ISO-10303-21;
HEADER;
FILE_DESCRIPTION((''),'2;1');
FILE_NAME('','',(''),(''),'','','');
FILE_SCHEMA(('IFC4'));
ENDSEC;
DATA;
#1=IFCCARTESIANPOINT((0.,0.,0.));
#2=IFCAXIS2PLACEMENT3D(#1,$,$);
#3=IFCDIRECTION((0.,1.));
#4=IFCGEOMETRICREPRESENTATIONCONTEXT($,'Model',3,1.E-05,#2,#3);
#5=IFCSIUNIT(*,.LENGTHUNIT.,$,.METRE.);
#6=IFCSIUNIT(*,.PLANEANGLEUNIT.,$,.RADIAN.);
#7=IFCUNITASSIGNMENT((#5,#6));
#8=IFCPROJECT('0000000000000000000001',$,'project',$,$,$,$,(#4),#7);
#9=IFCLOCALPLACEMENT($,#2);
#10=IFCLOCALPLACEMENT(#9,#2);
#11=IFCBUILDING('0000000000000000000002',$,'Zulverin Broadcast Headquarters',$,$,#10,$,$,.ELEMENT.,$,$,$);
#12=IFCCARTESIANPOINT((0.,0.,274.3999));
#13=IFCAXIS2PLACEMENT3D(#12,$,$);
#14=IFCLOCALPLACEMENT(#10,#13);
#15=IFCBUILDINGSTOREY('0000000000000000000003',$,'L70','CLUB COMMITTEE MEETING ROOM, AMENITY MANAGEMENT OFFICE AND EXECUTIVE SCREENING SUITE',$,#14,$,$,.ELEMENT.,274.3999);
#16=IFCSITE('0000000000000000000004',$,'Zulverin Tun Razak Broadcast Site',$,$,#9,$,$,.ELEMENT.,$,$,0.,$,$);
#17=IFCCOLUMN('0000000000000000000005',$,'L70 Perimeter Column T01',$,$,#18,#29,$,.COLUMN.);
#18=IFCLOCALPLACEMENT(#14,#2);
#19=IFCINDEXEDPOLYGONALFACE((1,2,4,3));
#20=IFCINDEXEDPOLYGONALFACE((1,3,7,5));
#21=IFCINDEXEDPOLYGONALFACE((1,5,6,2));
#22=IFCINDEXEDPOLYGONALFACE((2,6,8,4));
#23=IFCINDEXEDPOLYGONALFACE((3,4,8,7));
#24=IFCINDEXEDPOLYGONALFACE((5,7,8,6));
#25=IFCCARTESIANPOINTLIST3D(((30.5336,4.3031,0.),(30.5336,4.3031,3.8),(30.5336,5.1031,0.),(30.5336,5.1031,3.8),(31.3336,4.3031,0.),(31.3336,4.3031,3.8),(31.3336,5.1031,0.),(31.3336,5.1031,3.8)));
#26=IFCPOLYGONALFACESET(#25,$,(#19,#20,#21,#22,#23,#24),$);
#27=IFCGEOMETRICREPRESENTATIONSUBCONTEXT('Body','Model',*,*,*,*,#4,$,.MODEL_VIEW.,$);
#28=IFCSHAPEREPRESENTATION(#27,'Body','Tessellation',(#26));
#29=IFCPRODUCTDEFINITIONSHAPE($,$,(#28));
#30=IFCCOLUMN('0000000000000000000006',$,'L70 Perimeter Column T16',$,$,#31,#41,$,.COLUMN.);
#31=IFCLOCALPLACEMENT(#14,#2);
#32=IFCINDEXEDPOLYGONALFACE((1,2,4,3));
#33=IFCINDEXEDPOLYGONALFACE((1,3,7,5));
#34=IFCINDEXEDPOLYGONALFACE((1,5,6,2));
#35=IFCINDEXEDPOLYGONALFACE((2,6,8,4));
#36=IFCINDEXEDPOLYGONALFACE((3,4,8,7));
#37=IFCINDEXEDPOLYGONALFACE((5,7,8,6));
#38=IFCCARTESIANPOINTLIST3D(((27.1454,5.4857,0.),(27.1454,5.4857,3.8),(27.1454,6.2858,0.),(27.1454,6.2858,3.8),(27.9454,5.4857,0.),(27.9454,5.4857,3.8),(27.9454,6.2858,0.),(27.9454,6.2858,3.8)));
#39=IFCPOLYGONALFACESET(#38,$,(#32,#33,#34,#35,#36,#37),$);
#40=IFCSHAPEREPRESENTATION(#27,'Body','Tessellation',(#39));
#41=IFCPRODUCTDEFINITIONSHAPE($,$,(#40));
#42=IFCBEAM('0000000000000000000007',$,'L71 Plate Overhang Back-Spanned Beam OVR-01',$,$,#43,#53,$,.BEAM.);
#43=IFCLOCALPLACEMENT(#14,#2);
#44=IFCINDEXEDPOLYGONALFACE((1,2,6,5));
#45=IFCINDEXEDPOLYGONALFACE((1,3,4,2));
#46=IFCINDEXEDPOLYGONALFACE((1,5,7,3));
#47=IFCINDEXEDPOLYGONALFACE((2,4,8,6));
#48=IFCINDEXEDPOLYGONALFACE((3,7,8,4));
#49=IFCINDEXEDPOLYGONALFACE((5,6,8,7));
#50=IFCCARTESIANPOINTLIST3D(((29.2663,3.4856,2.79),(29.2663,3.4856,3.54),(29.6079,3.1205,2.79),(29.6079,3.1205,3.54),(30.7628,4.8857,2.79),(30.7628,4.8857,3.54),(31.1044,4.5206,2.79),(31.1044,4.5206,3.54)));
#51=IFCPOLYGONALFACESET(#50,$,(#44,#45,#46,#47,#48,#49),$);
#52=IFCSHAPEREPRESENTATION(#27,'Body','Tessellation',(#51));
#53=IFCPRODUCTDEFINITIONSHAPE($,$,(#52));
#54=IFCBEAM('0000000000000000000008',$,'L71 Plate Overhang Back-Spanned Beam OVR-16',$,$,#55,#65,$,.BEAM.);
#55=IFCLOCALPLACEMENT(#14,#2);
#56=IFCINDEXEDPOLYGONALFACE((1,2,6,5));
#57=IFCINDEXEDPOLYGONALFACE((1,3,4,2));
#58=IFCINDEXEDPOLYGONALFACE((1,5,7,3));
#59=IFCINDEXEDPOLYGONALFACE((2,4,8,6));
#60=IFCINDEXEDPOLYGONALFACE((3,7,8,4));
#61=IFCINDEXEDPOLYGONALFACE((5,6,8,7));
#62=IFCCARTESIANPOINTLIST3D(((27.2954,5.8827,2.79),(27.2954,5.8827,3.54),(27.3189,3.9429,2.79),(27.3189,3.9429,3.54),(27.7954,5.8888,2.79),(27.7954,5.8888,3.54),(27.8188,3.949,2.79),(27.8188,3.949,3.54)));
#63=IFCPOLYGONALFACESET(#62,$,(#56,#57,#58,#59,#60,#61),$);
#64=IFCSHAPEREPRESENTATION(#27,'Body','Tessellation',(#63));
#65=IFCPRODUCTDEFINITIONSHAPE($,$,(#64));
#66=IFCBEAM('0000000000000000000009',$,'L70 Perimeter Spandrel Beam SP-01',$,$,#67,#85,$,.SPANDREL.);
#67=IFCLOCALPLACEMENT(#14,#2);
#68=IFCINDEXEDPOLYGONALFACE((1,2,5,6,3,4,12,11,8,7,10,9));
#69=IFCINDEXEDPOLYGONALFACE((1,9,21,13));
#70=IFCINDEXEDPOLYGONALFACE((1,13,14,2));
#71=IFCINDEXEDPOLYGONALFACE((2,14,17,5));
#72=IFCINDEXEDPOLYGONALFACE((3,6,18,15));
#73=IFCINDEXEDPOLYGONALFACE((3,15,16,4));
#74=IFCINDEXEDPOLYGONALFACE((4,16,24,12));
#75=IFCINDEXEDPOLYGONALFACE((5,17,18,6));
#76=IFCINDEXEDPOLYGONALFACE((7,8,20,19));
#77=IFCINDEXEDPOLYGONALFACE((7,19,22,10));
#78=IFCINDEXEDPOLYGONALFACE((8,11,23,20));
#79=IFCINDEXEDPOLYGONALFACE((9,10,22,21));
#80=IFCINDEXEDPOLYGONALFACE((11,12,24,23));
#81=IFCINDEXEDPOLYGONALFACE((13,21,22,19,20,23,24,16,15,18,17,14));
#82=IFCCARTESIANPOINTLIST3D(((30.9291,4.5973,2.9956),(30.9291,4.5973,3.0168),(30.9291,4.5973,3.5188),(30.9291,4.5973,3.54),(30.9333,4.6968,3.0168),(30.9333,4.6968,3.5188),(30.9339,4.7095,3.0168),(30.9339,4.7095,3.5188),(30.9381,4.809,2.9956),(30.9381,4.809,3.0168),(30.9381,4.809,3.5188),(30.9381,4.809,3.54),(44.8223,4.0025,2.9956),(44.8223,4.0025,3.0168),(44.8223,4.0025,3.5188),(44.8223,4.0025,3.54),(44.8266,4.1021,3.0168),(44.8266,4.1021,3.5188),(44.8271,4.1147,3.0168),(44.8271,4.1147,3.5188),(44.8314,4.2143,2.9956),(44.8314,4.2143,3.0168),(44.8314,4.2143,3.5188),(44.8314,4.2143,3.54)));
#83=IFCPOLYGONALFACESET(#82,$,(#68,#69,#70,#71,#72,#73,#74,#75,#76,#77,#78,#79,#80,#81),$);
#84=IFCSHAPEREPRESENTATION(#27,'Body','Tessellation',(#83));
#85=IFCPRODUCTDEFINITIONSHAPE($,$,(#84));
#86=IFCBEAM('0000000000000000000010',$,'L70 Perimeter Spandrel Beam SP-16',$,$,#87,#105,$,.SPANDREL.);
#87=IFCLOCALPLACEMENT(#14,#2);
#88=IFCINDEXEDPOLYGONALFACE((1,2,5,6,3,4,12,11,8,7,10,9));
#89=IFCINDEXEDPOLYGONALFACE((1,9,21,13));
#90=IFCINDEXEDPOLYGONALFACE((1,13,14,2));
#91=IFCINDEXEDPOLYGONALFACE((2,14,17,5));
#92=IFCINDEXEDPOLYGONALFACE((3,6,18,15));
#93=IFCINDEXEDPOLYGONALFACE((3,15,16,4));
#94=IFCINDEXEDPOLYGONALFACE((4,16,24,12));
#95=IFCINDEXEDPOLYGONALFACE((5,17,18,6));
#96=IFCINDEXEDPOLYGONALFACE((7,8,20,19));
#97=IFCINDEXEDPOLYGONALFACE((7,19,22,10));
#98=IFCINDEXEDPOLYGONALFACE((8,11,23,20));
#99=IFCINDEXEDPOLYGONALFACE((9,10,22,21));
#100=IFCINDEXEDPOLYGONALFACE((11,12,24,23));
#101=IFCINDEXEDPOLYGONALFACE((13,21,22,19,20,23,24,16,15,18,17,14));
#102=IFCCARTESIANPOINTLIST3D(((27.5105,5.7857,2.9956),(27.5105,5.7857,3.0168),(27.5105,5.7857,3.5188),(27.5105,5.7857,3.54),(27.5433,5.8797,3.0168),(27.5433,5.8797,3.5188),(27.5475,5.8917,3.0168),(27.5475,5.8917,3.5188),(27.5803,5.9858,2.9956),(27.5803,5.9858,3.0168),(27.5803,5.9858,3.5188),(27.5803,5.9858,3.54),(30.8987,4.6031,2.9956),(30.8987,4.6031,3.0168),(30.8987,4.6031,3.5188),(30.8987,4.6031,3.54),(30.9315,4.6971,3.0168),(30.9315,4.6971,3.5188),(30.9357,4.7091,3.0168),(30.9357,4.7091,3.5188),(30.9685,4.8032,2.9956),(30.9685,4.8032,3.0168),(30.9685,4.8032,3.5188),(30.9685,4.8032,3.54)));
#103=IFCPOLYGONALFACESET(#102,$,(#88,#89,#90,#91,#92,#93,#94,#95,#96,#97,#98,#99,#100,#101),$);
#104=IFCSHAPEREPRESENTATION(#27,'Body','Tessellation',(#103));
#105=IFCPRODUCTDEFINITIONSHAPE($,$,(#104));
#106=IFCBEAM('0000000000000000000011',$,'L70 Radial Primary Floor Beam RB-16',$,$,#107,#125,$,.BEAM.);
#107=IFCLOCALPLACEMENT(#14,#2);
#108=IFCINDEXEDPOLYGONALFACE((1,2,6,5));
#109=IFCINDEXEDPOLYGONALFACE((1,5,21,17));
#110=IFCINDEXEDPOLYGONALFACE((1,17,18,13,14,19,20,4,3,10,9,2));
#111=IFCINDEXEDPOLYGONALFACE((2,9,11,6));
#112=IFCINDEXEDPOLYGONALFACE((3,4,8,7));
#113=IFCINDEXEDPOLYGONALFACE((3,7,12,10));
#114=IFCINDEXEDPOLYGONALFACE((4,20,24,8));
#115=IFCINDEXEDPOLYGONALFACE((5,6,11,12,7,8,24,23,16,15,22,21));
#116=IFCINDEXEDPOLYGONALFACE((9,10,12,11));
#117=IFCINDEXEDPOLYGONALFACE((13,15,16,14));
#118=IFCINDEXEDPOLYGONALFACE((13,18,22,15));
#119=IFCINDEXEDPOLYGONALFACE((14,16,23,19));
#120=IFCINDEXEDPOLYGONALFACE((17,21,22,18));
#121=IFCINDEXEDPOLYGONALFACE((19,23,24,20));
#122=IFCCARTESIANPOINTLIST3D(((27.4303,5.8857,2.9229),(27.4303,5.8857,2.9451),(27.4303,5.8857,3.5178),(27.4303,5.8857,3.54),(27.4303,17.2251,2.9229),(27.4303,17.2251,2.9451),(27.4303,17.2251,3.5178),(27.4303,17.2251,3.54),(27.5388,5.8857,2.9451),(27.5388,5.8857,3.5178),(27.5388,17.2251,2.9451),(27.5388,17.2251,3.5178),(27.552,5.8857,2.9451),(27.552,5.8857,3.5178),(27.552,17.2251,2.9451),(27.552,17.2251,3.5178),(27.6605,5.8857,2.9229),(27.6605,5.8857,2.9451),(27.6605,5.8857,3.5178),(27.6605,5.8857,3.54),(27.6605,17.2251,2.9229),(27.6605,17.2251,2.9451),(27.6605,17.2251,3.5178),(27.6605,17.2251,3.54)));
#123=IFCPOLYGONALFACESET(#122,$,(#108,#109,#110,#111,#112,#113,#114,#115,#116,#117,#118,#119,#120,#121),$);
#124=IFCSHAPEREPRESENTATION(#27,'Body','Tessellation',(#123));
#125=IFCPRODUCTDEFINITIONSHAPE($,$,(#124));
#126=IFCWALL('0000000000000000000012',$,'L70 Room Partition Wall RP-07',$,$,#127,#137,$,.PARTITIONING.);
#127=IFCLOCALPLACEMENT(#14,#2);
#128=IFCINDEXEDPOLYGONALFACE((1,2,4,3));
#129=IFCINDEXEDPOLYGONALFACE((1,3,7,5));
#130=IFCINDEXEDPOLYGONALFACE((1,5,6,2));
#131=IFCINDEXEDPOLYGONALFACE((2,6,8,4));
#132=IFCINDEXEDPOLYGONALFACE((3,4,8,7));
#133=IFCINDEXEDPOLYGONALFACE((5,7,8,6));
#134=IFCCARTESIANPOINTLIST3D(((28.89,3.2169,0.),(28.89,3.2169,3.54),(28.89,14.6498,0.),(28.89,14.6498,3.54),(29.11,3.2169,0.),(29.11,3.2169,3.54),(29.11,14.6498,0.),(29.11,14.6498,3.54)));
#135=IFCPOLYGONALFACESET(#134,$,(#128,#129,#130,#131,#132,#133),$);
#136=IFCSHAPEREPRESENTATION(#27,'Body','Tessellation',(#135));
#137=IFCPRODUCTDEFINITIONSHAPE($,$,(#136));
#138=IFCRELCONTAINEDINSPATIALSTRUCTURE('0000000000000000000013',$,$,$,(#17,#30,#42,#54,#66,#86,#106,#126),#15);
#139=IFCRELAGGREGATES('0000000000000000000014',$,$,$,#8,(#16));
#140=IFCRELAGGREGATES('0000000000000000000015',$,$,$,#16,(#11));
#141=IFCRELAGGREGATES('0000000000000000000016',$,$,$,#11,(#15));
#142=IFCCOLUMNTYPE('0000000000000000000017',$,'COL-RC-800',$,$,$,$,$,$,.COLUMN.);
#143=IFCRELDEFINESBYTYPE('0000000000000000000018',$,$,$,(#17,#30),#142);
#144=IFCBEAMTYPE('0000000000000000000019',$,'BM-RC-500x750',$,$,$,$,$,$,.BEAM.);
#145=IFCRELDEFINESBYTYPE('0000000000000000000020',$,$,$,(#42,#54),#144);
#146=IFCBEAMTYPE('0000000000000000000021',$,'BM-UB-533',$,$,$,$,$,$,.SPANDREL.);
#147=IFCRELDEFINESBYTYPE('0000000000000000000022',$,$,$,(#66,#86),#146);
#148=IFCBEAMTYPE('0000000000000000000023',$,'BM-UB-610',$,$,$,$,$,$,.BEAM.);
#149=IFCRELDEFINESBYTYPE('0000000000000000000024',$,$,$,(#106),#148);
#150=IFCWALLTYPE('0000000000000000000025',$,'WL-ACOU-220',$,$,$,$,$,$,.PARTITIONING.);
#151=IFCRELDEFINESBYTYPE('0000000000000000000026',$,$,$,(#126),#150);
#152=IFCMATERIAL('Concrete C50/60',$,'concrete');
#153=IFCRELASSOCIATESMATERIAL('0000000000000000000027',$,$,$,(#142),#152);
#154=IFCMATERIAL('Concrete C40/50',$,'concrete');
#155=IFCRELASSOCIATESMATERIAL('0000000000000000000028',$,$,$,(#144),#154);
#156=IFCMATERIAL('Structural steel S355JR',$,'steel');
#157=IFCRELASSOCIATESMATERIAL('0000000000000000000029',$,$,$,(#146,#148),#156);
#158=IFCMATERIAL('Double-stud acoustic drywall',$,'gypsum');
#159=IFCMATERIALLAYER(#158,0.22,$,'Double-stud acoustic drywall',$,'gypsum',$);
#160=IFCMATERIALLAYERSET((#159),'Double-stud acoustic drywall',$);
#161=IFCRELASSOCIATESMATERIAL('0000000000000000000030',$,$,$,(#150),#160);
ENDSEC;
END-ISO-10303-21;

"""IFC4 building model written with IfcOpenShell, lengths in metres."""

from ifc_helpers import new_model, si_unit, direction, frame, frame_2d, origin, origin_2d, place, context, subcontext, project, spatial, rectangle, i_section, extrude, material, layer, layer_set, material_profile, profile_set, type_object, element, save


model = new_model("IFC4")

# Units and contexts
model_context = context("Model", 3, precision=1e-05, world=origin(), true_north=direction((0.0, 1.0)))
body_context = subcontext(model_context, "Body", "Model", "MODEL_VIEW")
ifc_project = project(units=[si_unit("LENGTHUNIT", "METRE"), si_unit("PLANEANGLEUNIT", "RADIAN")], contexts=[model_context])

# Site, building, storey
site_placement = place(None, origin())
site = spatial("IfcSite", under=ifc_project, at=site_placement, Name="Zulverin Tun Razak Broadcast Site", CompositionType="ELEMENT", RefElevation=0.0)
building_placement = place(site_placement, origin())
building = spatial("IfcBuilding", under=site, at=building_placement, Name="Zulverin Broadcast Headquarters", CompositionType="ELEMENT")
storey_placement = place(building_placement, frame((0.0, 0.0, 274.3999)))
storey = spatial("IfcBuildingStorey", under=building, at=storey_placement, Name="L70", Description="CLUB COMMITTEE MEETING ROOM, AMENITY MANAGEMENT OFFICE AND EXECUTIVE SCREENING SUITE", CompositionType="ELEMENT", Elevation=274.3999)

# Columns
ifc_material_1 = material(Name="Concrete C50/60", Category="concrete")
ifc_material_profile_1 = material_profile(ifc_material_1, rectangle(XDim=0.8, YDim=0.8, at=origin_2d()), Name="Concrete C50/60", Category="concrete")
ifc_profile_set_1 = profile_set([ifc_material_profile_1], Name="Concrete C50/60")
column_type = type_object("IfcColumnType", Name="COL-RC-800", PredefinedType="COLUMN", material=ifc_profile_set_1)
for number, where, z_axis, x_axis, name in (
    (1, (30.9336, 4.7031, 0.0), (0.0, 0.0, 1.0), (1.0, 0.0, 0.0), "L70 Perimeter Column T01"),
    (2, (27.5454, 5.8857, 0.0), (0.0, 0.0, 1.0), (1.0, 0.0, 0.0), "L70 Perimeter Column T16"),
):
    element("IfcColumn", number, at=place(storey_placement, frame(where, z_axis=z_axis, x_axis=x_axis)), inside=storey, type_object=column_type, Name=name, PredefinedType="COLUMN", context=body_context, shape_type="SweptSolid", body=[
        extrude(rectangle(XDim=0.8, YDim=0.8, at=origin_2d()), origin(), (0.0, 0.0, 1.0), 3.8),
    ])

# Beams
ifc_material_2 = material(Name="Concrete C40/50", Category="concrete")
ifc_material_profile_2 = material_profile(ifc_material_2, rectangle(XDim=0.5, YDim=0.75, at=origin_2d()), Name="Concrete C40/50", Category="concrete")
ifc_profile_set_2 = profile_set([ifc_material_profile_2], Name="Concrete C40/50")
beam_type_1 = type_object("IfcBeamType", Name="BM-RC-500x750", PredefinedType="BEAM", material=ifc_profile_set_2)
beam_1_placement = place(storey_placement, frame((30.9336, 4.7031, 3.165), z_axis=(-0.730243, -0.683188, 0.0), x_axis=(0.683188, -0.730243, 0.0)))
element("IfcBeam", 3, at=beam_1_placement, inside=storey, type_object=beam_type_1, Name="L71 Plate Overhang Back-Spanned Beam OVR-01", PredefinedType="BEAM", context=body_context, shape_type="SweptSolid", body=[
    extrude(rectangle(XDim=0.5, YDim=0.75, at=origin_2d()), origin(), (0.0, 0.0, 1.0), 2.0493),
])
beam_2_placement = place(storey_placement, frame((27.5454, 5.8857, 3.165), z_axis=(0.012082, -0.999927, 0.0), x_axis=(0.999927, 0.012082, 0.0)))
element("IfcBeam", 4, at=beam_2_placement, inside=storey, type_object=beam_type_1, Name="L71 Plate Overhang Back-Spanned Beam OVR-16", PredefinedType="BEAM", context=body_context, shape_type="SweptSolid", body=[
    extrude(rectangle(XDim=0.5, YDim=0.75, at=origin_2d()), origin(), (0.0, 0.0, 1.0), 1.9399),
])
ifc_material_3 = material(Name="Structural steel S355JR", Category="steel")
ifc_material_profile_3 = material_profile(ifc_material_3, i_section(OverallWidth=0.2119, OverallDepth=0.5444, WebThickness=0.0127, FlangeThickness=0.0212, at=origin_2d()), Name="Structural steel S355JR", Category="steel")
ifc_profile_set_3 = profile_set([ifc_material_profile_3], Name="Structural steel S355JR")
beam_type_2 = type_object("IfcBeamType", Name="BM-UB-533", PredefinedType="SPANDREL", material=ifc_profile_set_3)
beam_3_placement = place(storey_placement, frame((30.9336, 4.7031, 3.2678), z_axis=(0.999085, -0.042768, 0.0), x_axis=(0.042768, 0.999085, 0.0)))
element("IfcBeam", 5, at=beam_3_placement, inside=storey, type_object=beam_type_2, Name="L70 Perimeter Spandrel Beam SP-01", PredefinedType="SPANDREL", context=body_context, shape_type="SweptSolid", body=[
    extrude(i_section(OverallWidth=0.2119, OverallDepth=0.5444, WebThickness=0.0127, FlangeThickness=0.0212, at=origin_2d()), origin(), (0.0, 0.0, 1.0), 13.906),
])
beam_4_placement = place(storey_placement, frame((27.5454, 5.8857, 3.2678), z_axis=(0.94414, -0.329544, 0.0), x_axis=(0.329544, 0.94414, 0.0)))
element("IfcBeam", 6, at=beam_4_placement, inside=storey, type_object=beam_type_2, Name="L70 Perimeter Spandrel Beam SP-16", PredefinedType="SPANDREL", context=body_context, shape_type="SweptSolid", body=[
    extrude(i_section(OverallWidth=0.2119, OverallDepth=0.5444, WebThickness=0.0127, FlangeThickness=0.0212, at=origin_2d()), origin(), (0.0, 0.0, 1.0), 3.5886),
])
ifc_material_profile_4 = material_profile(ifc_material_3, i_section(OverallWidth=0.2302, OverallDepth=0.6172, WebThickness=0.0132, FlangeThickness=0.0222, at=origin_2d()), Name="Structural steel S355JR", Category="steel")
ifc_profile_set_4 = profile_set([ifc_material_profile_4], Name="Structural steel S355JR")
beam_type_3 = type_object("IfcBeamType", Name="BM-UB-610", PredefinedType="BEAM", material=ifc_profile_set_4)
beam_5_placement = place(storey_placement, frame((27.5454, 17.2251, 3.2314), z_axis=(0.0, -1.0, 0.0), x_axis=(1.0, 0.0, 0.0)))
element("IfcBeam", 7, at=beam_5_placement, inside=storey, type_object=beam_type_3, Name="L70 Radial Primary Floor Beam RB-16", PredefinedType="BEAM", context=body_context, shape_type="SweptSolid", body=[
    extrude(i_section(OverallWidth=0.2302, OverallDepth=0.6172, WebThickness=0.0132, FlangeThickness=0.0222, at=origin_2d()), origin(), (0.0, 0.0, 1.0), 11.3394),
])

# Wall
ifc_material_4 = material(Name="Double-stud acoustic drywall", Category="gypsum")
ifc_layer_1 = layer(ifc_material_4, 0.22, Name="Double-stud acoustic drywall", Category="gypsum")
ifc_layer_set_1 = layer_set([ifc_layer_1], Name="Double-stud acoustic drywall")
wall_type_1 = type_object("IfcWallType", Name="WL-ACOU-220", PredefinedType="PARTITIONING", material=ifc_layer_set_1)
wall_1_placement = place(storey_placement, frame((29.0, 3.217, 0.0), z_axis=(0.0, 0.0, 1.0), x_axis=(0.0, 1.0, 0.0)))
element("IfcWall", 8, at=wall_1_placement, inside=storey, type_object=wall_type_1, Name="L70 Room Partition Wall RP-07", PredefinedType="PARTITIONING", context=body_context, shape_type="SweptSolid", body=[
    extrude(rectangle(XDim=11.4329, YDim=0.22, at=frame_2d((5.7163, 0.0))), origin(), (0.0, 0.0, 1.0), 3.54),
])

save(model, "model.ifc")
